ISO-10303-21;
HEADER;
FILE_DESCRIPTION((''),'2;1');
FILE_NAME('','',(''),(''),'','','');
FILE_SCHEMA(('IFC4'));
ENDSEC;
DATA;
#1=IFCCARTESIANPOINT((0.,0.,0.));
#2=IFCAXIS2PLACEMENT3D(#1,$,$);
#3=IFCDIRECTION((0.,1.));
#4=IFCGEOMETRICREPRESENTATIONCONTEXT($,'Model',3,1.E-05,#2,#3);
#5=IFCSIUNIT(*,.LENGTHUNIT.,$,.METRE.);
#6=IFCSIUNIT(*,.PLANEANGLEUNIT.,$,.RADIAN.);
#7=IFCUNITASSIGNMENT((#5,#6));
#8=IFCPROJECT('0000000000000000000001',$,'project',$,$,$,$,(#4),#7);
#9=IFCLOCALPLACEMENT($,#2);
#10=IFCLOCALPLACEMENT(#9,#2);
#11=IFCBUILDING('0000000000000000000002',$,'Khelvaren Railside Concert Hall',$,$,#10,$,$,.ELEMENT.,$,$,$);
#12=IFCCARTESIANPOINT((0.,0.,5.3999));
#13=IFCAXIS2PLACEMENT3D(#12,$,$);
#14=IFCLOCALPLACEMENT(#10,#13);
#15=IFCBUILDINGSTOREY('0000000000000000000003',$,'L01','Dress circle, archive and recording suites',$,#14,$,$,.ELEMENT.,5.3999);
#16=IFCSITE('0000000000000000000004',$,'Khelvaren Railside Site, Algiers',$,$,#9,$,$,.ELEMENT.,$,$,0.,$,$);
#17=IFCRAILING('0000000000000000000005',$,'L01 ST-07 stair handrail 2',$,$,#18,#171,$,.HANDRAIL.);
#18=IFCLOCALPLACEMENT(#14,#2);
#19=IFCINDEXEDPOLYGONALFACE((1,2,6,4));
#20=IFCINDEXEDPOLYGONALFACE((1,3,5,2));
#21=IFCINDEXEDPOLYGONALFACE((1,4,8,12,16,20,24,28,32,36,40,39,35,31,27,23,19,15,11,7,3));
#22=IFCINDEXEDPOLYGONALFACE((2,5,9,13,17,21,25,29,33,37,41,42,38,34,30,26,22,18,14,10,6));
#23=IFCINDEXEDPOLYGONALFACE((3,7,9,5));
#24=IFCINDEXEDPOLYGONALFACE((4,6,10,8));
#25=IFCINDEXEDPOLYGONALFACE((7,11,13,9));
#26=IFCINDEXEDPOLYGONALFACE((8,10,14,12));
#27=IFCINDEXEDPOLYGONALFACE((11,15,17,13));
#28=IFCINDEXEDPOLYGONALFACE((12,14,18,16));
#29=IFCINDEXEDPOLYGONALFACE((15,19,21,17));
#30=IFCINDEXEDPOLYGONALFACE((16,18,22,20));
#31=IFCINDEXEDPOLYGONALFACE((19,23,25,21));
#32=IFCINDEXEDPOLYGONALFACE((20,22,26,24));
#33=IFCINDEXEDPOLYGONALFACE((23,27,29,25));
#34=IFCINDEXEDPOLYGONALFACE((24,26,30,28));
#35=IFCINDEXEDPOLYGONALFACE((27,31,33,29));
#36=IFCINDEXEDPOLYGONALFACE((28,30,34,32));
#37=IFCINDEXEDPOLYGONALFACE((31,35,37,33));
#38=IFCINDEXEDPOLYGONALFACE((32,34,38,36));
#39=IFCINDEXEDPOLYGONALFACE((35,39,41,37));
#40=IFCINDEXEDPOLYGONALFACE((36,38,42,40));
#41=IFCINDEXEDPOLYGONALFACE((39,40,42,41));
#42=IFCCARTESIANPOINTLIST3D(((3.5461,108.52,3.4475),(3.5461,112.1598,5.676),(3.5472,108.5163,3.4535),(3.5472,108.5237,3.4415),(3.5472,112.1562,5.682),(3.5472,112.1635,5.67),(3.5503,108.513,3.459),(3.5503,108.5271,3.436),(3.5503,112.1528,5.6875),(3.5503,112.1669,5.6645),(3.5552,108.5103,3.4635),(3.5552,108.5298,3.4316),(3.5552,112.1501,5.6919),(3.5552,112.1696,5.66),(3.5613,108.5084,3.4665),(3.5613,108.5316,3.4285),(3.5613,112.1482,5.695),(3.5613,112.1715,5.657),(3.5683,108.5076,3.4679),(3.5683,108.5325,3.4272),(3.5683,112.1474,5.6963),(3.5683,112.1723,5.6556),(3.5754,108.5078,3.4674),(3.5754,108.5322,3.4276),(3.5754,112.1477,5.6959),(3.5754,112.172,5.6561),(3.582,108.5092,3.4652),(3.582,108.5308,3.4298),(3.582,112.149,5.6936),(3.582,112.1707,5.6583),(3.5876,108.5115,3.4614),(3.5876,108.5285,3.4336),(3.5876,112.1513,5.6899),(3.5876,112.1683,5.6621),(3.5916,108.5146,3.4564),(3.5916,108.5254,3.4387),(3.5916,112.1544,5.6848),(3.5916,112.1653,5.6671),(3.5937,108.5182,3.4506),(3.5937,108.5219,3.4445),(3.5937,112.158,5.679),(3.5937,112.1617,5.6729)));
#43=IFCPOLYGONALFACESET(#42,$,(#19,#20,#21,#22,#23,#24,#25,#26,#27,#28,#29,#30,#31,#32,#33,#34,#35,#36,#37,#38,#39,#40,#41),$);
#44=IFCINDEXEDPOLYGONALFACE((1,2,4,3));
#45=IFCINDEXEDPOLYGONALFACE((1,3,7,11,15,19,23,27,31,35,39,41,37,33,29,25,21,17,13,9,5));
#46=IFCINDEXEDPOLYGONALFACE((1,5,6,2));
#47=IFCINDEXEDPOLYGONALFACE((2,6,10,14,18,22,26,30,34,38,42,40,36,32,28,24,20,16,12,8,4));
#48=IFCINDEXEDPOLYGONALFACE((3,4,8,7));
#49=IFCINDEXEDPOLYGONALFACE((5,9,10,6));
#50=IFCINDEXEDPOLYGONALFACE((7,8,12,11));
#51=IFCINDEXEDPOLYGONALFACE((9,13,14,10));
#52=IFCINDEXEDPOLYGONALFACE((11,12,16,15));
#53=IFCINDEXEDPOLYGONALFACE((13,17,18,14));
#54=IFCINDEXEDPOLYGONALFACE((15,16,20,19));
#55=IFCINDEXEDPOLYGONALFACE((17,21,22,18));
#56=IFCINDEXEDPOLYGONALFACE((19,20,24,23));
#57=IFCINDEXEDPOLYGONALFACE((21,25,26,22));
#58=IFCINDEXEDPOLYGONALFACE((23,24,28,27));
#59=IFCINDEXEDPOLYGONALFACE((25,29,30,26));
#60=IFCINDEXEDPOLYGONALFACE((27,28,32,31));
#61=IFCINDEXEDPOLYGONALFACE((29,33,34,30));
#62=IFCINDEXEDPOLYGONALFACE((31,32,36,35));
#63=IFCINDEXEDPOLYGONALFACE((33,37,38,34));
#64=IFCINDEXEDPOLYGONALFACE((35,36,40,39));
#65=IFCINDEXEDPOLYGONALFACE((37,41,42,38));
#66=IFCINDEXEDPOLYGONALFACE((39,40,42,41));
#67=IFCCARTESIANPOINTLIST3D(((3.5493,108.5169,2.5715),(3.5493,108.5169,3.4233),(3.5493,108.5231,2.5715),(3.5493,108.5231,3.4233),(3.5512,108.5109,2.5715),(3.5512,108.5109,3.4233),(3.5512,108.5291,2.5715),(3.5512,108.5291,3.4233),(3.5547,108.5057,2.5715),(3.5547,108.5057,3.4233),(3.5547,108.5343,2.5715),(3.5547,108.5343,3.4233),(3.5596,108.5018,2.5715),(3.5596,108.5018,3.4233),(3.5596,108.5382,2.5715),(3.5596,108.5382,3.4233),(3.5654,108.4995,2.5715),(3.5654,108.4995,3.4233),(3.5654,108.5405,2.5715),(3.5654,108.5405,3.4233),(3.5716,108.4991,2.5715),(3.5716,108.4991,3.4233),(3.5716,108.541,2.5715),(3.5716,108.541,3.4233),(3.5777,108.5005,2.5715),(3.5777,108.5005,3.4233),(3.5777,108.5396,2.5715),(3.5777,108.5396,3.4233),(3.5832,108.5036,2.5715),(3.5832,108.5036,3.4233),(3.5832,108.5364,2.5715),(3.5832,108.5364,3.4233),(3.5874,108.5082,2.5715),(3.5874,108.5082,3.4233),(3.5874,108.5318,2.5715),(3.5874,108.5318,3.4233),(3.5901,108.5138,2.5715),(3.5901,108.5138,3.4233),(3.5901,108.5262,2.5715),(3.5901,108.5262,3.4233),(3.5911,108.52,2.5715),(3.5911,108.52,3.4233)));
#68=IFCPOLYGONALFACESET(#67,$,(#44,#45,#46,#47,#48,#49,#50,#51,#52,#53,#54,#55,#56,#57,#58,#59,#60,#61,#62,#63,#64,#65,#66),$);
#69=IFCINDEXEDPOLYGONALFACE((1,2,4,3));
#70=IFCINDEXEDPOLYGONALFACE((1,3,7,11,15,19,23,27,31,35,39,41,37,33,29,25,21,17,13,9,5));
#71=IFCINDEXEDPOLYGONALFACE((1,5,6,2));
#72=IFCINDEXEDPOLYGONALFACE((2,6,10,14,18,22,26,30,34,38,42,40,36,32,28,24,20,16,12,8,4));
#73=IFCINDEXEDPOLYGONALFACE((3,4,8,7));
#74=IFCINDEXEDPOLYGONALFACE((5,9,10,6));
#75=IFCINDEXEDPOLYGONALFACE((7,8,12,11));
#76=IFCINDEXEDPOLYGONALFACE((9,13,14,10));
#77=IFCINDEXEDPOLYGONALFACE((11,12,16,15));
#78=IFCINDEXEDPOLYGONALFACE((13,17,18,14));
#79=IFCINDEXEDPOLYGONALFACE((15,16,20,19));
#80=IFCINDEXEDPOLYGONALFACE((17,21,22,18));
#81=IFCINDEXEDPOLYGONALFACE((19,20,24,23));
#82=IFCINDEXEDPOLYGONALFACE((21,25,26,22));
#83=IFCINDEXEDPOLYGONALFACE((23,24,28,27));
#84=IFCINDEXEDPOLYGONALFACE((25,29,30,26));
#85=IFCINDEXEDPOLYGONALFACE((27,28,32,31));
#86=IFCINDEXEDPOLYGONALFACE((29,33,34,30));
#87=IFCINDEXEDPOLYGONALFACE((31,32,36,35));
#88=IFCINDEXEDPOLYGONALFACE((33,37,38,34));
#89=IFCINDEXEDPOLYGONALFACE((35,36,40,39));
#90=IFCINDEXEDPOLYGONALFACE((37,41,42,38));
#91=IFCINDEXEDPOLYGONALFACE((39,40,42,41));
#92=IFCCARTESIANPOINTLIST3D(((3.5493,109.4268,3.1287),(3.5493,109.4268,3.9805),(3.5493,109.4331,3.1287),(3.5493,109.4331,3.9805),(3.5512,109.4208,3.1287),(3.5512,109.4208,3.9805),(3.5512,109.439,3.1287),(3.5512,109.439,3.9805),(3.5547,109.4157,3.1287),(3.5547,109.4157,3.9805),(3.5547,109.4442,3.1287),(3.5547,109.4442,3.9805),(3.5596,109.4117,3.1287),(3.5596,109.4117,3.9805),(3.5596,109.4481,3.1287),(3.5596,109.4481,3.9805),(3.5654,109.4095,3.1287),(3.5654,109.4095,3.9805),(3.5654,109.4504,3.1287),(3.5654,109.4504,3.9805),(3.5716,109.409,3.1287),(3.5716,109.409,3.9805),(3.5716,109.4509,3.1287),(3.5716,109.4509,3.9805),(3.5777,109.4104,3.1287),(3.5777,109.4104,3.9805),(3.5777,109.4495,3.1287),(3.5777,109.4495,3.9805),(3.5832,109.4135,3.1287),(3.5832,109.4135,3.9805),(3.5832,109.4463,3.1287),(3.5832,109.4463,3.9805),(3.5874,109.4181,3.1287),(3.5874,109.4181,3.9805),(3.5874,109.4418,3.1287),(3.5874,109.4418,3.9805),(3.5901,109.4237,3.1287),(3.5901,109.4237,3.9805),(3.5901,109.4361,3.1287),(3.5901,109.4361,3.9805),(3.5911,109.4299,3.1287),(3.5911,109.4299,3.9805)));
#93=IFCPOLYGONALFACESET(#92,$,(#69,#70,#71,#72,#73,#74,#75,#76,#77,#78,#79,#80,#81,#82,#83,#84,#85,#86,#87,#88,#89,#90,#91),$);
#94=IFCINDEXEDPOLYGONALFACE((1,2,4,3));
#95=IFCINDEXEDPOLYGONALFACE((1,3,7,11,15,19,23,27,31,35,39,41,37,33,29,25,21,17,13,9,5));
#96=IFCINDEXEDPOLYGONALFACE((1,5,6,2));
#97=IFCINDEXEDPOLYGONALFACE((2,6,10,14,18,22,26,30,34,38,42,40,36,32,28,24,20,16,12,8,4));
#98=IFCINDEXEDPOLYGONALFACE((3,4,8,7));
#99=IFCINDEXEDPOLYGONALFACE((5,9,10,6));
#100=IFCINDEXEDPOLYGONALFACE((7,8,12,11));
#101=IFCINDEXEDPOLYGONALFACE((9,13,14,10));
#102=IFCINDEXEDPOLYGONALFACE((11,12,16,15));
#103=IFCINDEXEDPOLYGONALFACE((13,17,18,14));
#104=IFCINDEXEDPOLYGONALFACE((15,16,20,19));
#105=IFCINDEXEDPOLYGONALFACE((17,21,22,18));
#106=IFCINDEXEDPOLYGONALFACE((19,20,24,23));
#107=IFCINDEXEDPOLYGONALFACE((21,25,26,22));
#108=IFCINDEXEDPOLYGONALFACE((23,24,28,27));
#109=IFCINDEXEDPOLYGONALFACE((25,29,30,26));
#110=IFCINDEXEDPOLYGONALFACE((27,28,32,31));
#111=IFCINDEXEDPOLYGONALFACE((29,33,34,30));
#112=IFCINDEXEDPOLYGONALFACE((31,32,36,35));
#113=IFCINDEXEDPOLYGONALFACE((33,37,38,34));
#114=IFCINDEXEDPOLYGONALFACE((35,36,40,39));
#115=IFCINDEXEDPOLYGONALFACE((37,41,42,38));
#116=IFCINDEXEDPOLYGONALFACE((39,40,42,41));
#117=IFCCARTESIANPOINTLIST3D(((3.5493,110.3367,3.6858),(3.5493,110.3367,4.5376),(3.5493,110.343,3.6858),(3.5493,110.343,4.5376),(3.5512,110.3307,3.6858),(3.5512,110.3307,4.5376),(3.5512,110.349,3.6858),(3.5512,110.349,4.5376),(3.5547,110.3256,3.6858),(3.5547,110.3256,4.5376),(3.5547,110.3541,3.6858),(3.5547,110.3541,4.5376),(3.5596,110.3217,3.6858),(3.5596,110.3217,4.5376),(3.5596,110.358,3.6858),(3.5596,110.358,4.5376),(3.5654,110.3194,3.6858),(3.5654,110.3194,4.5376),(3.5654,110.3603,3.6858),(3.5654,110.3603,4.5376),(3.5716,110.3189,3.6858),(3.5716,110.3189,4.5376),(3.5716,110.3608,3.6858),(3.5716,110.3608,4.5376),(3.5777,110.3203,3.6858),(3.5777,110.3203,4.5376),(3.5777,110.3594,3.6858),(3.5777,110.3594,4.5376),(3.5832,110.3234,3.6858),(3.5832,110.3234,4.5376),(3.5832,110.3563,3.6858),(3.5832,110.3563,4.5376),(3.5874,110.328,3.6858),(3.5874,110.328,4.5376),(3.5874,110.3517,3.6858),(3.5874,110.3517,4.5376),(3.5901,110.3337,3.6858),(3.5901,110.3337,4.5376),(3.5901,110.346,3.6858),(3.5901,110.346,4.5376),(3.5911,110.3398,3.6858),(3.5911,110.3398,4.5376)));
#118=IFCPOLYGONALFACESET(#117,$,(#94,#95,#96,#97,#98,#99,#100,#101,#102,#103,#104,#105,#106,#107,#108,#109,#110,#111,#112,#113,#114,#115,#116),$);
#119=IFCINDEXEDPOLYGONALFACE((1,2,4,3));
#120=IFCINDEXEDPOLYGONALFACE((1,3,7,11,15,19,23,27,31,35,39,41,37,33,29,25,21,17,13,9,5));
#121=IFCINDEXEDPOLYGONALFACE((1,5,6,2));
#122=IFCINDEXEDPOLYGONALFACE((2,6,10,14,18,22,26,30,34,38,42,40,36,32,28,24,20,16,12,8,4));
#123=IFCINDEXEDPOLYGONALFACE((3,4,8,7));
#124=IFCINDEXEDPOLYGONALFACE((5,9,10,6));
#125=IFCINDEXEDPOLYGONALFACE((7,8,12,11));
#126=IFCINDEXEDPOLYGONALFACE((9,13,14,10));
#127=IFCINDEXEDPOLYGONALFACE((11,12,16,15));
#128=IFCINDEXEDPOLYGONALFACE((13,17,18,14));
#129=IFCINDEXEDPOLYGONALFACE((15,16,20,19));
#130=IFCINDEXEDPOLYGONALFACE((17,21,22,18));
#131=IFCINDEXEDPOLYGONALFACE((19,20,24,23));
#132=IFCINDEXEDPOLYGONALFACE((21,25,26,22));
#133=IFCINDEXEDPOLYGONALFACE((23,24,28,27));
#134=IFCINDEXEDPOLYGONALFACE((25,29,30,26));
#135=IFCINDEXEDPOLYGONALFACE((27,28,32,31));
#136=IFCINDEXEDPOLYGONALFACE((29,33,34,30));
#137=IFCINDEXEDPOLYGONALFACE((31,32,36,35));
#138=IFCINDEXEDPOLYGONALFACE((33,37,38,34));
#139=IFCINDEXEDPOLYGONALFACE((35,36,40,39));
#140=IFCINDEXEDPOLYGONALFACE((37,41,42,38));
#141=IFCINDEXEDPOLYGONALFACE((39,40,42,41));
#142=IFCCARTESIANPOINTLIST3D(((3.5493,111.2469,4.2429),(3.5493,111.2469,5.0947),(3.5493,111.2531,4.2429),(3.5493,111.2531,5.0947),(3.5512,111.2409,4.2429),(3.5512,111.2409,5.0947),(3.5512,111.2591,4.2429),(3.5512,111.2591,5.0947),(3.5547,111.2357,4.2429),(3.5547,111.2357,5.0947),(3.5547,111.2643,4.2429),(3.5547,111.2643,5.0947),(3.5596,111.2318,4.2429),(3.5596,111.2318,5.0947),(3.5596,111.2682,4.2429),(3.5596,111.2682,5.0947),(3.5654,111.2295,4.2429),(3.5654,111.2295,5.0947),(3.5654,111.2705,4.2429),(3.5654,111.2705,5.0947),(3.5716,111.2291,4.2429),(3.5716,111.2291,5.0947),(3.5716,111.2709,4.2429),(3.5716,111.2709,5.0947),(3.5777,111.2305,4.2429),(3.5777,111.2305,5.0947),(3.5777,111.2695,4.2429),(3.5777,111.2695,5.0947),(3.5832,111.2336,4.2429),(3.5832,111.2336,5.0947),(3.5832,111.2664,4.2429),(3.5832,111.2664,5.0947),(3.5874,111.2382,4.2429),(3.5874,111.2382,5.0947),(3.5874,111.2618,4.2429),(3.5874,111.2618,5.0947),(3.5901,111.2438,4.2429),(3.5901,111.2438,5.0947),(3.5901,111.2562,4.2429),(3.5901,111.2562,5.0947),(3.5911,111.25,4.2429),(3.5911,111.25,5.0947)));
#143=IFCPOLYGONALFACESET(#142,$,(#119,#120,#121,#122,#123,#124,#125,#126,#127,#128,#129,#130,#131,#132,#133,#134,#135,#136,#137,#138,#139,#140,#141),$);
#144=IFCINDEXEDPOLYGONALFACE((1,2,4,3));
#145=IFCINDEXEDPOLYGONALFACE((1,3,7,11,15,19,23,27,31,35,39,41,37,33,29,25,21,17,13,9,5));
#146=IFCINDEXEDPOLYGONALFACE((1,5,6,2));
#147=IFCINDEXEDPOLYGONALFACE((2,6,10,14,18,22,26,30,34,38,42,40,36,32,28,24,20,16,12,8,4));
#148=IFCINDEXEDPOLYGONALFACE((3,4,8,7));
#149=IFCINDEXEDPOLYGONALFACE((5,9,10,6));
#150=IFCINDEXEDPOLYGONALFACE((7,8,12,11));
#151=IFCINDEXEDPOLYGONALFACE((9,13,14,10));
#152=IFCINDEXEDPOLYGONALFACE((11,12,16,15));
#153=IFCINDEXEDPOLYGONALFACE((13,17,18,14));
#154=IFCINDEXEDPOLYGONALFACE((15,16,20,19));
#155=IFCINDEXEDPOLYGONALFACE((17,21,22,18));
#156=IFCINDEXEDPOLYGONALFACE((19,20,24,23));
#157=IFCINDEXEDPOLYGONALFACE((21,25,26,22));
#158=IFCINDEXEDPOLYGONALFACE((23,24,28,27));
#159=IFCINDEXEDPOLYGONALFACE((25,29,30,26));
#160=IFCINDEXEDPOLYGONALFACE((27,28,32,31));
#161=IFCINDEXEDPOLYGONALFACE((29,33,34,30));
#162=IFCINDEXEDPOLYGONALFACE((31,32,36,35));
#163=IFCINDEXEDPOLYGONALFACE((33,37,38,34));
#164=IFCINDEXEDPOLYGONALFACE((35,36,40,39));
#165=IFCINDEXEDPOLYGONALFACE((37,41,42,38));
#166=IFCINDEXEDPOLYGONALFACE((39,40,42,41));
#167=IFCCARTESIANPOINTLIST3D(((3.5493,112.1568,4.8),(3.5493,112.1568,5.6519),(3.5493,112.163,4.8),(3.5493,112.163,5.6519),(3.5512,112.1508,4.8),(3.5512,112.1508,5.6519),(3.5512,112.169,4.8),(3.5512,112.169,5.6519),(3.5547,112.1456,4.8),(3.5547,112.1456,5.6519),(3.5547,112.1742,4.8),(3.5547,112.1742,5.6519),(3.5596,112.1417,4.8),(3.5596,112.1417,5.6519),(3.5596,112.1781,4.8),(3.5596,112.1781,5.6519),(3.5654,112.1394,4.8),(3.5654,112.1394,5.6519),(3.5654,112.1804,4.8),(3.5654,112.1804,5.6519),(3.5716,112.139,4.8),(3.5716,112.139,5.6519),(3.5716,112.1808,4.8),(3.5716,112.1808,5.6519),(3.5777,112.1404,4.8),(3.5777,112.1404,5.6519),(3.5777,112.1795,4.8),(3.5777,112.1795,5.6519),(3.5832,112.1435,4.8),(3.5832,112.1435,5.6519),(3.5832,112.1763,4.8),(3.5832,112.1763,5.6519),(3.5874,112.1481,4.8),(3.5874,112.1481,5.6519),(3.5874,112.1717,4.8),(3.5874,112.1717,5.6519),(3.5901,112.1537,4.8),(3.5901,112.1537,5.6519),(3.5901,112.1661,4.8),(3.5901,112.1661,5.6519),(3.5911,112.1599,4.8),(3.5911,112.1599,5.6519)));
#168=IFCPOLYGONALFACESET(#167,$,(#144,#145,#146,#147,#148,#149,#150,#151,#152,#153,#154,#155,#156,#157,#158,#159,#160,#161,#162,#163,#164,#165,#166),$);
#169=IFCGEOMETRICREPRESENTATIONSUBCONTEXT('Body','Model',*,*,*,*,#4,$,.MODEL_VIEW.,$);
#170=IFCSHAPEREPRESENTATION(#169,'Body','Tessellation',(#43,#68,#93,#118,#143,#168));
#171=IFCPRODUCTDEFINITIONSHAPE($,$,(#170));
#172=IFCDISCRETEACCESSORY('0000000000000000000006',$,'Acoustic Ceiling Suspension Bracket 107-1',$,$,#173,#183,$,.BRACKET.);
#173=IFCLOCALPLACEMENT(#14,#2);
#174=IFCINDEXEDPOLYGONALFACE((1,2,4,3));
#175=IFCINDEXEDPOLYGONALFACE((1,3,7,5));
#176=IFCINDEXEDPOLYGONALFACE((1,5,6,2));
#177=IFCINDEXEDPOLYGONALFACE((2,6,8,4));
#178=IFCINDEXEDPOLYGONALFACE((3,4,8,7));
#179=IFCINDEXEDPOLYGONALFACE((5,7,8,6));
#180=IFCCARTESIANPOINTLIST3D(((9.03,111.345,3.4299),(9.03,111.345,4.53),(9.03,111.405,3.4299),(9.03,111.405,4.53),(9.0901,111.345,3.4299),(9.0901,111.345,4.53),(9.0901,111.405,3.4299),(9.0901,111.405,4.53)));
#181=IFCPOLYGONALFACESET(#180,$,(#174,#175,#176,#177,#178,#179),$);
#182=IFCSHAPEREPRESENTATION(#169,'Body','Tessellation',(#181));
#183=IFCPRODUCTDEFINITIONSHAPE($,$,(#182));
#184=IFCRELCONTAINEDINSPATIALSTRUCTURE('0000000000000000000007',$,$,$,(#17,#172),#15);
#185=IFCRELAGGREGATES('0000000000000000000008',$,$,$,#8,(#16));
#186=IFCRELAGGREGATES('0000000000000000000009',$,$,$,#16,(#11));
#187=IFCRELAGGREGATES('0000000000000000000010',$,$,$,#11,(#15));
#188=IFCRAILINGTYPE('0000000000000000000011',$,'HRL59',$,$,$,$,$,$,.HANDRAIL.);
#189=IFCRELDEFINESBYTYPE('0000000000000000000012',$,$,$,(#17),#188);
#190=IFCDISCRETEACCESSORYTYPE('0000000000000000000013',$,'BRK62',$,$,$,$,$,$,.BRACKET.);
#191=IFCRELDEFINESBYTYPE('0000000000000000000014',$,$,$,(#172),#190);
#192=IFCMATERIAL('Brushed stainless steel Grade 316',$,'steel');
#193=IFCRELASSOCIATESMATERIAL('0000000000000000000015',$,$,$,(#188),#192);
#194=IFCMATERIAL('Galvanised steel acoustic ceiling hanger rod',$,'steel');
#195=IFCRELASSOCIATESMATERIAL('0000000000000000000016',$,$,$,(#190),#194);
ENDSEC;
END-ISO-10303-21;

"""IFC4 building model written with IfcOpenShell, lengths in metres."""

from ifc_helpers import new_model, si_unit, direction, frame, origin, origin_2d, place, context, subcontext, project, spatial, rectangle, circle, extrude, material, type_object, element, save


model = new_model("IFC4")

# Units and contexts
model_context = context("Model", 3, precision=1e-05, world=origin(), true_north=direction((0.0, 1.0)))
body_context = subcontext(model_context, "Body", "Model", "MODEL_VIEW")
ifc_project = project(units=[si_unit("LENGTHUNIT", "METRE"), si_unit("PLANEANGLEUNIT", "RADIAN")], contexts=[model_context])

# Site, building, storey
site_placement = place(None, origin())
site = spatial("IfcSite", under=ifc_project, at=site_placement, Name="Khelvaren Railside Site, Algiers", CompositionType="ELEMENT", RefElevation=0.0)
building_placement = place(site_placement, origin())
building = spatial("IfcBuilding", under=site, at=building_placement, Name="Khelvaren Railside Concert Hall", CompositionType="ELEMENT")
storey_placement = place(building_placement, frame((0.0, 0.0, 5.3999)))
storey = spatial("IfcBuildingStorey", under=building, at=storey_placement, Name="L01", Description="Dress circle, archive and recording suites", CompositionType="ELEMENT", Elevation=5.3999)

# Railing
ifc_material_1 = material(Name="Brushed stainless steel Grade 316", Category="steel")
railing_type_1 = type_object("IfcRailingType", Name="HRL59", PredefinedType="HANDRAIL", material=ifc_material_1)
railing_1_placement = place(storey_placement, frame((3.5701, 108.52, 2.5715)))
element("IfcRailing", 1, at=railing_1_placement, inside=storey, type_object=railing_type_1, Name="L01 ST-07 stair handrail 2", PredefinedType="HANDRAIL", context=body_context, shape_type="SweptSolid", body=[
    extrude(circle(Radius=0.0239, at=origin_2d()), frame((0.0, 0.0, 0.876), z_axis=(0.0, 0.85285, 0.522156), x_axis=(-1.0, 0.0, 0.0)), (0.0, 0.0, 1.0), 4.2678),
    extrude(circle(Radius=0.021, at=origin_2d()), origin(), (0.0, 0.0, 1.0), 0.8518),
    extrude(circle(Radius=0.021, at=origin_2d()), frame((0.0, 0.9099, 0.5571)), (0.0, 0.0, 1.0), 0.8518),
    extrude(circle(Radius=0.021, at=origin_2d()), frame((0.0, 1.8198, 1.1143)), (0.0, 0.0, 1.0), 0.8518),
    extrude(circle(Radius=0.021, at=origin_2d()), frame((0.0, 2.73, 1.6714)), (0.0, 0.0, 1.0), 0.8518),
    extrude(circle(Radius=0.021, at=origin_2d()), frame((0.0, 3.6399, 2.2285)), (0.0, 0.0, 1.0), 0.8518),
])

# Discrete accessory
ifc_material_2 = material(Name="Galvanised steel acoustic ceiling hanger rod", Category="steel")
discrete_accessory_type = type_object("IfcDiscreteAccessoryType", Name="BRK62", PredefinedType="BRACKET", material=ifc_material_2)
discrete_accessory_placement = place(storey_placement, frame((9.0601, 111.375, 3.4299), z_axis=(0.0, 0.0, 1.0), x_axis=(1.0, 0.0, 0.0)))
element("IfcDiscreteAccessory", 2, at=discrete_accessory_placement, inside=storey, type_object=discrete_accessory_type, Name="Acoustic Ceiling Suspension Bracket 107-1", PredefinedType="BRACKET", context=body_context, shape_type="SweptSolid", body=[
    extrude(rectangle(XDim=0.0601, YDim=0.0601, at=origin_2d()), origin(), (0.0, 0.0, 1.0), 1.1001),
])

save(model, "model.ifc")
